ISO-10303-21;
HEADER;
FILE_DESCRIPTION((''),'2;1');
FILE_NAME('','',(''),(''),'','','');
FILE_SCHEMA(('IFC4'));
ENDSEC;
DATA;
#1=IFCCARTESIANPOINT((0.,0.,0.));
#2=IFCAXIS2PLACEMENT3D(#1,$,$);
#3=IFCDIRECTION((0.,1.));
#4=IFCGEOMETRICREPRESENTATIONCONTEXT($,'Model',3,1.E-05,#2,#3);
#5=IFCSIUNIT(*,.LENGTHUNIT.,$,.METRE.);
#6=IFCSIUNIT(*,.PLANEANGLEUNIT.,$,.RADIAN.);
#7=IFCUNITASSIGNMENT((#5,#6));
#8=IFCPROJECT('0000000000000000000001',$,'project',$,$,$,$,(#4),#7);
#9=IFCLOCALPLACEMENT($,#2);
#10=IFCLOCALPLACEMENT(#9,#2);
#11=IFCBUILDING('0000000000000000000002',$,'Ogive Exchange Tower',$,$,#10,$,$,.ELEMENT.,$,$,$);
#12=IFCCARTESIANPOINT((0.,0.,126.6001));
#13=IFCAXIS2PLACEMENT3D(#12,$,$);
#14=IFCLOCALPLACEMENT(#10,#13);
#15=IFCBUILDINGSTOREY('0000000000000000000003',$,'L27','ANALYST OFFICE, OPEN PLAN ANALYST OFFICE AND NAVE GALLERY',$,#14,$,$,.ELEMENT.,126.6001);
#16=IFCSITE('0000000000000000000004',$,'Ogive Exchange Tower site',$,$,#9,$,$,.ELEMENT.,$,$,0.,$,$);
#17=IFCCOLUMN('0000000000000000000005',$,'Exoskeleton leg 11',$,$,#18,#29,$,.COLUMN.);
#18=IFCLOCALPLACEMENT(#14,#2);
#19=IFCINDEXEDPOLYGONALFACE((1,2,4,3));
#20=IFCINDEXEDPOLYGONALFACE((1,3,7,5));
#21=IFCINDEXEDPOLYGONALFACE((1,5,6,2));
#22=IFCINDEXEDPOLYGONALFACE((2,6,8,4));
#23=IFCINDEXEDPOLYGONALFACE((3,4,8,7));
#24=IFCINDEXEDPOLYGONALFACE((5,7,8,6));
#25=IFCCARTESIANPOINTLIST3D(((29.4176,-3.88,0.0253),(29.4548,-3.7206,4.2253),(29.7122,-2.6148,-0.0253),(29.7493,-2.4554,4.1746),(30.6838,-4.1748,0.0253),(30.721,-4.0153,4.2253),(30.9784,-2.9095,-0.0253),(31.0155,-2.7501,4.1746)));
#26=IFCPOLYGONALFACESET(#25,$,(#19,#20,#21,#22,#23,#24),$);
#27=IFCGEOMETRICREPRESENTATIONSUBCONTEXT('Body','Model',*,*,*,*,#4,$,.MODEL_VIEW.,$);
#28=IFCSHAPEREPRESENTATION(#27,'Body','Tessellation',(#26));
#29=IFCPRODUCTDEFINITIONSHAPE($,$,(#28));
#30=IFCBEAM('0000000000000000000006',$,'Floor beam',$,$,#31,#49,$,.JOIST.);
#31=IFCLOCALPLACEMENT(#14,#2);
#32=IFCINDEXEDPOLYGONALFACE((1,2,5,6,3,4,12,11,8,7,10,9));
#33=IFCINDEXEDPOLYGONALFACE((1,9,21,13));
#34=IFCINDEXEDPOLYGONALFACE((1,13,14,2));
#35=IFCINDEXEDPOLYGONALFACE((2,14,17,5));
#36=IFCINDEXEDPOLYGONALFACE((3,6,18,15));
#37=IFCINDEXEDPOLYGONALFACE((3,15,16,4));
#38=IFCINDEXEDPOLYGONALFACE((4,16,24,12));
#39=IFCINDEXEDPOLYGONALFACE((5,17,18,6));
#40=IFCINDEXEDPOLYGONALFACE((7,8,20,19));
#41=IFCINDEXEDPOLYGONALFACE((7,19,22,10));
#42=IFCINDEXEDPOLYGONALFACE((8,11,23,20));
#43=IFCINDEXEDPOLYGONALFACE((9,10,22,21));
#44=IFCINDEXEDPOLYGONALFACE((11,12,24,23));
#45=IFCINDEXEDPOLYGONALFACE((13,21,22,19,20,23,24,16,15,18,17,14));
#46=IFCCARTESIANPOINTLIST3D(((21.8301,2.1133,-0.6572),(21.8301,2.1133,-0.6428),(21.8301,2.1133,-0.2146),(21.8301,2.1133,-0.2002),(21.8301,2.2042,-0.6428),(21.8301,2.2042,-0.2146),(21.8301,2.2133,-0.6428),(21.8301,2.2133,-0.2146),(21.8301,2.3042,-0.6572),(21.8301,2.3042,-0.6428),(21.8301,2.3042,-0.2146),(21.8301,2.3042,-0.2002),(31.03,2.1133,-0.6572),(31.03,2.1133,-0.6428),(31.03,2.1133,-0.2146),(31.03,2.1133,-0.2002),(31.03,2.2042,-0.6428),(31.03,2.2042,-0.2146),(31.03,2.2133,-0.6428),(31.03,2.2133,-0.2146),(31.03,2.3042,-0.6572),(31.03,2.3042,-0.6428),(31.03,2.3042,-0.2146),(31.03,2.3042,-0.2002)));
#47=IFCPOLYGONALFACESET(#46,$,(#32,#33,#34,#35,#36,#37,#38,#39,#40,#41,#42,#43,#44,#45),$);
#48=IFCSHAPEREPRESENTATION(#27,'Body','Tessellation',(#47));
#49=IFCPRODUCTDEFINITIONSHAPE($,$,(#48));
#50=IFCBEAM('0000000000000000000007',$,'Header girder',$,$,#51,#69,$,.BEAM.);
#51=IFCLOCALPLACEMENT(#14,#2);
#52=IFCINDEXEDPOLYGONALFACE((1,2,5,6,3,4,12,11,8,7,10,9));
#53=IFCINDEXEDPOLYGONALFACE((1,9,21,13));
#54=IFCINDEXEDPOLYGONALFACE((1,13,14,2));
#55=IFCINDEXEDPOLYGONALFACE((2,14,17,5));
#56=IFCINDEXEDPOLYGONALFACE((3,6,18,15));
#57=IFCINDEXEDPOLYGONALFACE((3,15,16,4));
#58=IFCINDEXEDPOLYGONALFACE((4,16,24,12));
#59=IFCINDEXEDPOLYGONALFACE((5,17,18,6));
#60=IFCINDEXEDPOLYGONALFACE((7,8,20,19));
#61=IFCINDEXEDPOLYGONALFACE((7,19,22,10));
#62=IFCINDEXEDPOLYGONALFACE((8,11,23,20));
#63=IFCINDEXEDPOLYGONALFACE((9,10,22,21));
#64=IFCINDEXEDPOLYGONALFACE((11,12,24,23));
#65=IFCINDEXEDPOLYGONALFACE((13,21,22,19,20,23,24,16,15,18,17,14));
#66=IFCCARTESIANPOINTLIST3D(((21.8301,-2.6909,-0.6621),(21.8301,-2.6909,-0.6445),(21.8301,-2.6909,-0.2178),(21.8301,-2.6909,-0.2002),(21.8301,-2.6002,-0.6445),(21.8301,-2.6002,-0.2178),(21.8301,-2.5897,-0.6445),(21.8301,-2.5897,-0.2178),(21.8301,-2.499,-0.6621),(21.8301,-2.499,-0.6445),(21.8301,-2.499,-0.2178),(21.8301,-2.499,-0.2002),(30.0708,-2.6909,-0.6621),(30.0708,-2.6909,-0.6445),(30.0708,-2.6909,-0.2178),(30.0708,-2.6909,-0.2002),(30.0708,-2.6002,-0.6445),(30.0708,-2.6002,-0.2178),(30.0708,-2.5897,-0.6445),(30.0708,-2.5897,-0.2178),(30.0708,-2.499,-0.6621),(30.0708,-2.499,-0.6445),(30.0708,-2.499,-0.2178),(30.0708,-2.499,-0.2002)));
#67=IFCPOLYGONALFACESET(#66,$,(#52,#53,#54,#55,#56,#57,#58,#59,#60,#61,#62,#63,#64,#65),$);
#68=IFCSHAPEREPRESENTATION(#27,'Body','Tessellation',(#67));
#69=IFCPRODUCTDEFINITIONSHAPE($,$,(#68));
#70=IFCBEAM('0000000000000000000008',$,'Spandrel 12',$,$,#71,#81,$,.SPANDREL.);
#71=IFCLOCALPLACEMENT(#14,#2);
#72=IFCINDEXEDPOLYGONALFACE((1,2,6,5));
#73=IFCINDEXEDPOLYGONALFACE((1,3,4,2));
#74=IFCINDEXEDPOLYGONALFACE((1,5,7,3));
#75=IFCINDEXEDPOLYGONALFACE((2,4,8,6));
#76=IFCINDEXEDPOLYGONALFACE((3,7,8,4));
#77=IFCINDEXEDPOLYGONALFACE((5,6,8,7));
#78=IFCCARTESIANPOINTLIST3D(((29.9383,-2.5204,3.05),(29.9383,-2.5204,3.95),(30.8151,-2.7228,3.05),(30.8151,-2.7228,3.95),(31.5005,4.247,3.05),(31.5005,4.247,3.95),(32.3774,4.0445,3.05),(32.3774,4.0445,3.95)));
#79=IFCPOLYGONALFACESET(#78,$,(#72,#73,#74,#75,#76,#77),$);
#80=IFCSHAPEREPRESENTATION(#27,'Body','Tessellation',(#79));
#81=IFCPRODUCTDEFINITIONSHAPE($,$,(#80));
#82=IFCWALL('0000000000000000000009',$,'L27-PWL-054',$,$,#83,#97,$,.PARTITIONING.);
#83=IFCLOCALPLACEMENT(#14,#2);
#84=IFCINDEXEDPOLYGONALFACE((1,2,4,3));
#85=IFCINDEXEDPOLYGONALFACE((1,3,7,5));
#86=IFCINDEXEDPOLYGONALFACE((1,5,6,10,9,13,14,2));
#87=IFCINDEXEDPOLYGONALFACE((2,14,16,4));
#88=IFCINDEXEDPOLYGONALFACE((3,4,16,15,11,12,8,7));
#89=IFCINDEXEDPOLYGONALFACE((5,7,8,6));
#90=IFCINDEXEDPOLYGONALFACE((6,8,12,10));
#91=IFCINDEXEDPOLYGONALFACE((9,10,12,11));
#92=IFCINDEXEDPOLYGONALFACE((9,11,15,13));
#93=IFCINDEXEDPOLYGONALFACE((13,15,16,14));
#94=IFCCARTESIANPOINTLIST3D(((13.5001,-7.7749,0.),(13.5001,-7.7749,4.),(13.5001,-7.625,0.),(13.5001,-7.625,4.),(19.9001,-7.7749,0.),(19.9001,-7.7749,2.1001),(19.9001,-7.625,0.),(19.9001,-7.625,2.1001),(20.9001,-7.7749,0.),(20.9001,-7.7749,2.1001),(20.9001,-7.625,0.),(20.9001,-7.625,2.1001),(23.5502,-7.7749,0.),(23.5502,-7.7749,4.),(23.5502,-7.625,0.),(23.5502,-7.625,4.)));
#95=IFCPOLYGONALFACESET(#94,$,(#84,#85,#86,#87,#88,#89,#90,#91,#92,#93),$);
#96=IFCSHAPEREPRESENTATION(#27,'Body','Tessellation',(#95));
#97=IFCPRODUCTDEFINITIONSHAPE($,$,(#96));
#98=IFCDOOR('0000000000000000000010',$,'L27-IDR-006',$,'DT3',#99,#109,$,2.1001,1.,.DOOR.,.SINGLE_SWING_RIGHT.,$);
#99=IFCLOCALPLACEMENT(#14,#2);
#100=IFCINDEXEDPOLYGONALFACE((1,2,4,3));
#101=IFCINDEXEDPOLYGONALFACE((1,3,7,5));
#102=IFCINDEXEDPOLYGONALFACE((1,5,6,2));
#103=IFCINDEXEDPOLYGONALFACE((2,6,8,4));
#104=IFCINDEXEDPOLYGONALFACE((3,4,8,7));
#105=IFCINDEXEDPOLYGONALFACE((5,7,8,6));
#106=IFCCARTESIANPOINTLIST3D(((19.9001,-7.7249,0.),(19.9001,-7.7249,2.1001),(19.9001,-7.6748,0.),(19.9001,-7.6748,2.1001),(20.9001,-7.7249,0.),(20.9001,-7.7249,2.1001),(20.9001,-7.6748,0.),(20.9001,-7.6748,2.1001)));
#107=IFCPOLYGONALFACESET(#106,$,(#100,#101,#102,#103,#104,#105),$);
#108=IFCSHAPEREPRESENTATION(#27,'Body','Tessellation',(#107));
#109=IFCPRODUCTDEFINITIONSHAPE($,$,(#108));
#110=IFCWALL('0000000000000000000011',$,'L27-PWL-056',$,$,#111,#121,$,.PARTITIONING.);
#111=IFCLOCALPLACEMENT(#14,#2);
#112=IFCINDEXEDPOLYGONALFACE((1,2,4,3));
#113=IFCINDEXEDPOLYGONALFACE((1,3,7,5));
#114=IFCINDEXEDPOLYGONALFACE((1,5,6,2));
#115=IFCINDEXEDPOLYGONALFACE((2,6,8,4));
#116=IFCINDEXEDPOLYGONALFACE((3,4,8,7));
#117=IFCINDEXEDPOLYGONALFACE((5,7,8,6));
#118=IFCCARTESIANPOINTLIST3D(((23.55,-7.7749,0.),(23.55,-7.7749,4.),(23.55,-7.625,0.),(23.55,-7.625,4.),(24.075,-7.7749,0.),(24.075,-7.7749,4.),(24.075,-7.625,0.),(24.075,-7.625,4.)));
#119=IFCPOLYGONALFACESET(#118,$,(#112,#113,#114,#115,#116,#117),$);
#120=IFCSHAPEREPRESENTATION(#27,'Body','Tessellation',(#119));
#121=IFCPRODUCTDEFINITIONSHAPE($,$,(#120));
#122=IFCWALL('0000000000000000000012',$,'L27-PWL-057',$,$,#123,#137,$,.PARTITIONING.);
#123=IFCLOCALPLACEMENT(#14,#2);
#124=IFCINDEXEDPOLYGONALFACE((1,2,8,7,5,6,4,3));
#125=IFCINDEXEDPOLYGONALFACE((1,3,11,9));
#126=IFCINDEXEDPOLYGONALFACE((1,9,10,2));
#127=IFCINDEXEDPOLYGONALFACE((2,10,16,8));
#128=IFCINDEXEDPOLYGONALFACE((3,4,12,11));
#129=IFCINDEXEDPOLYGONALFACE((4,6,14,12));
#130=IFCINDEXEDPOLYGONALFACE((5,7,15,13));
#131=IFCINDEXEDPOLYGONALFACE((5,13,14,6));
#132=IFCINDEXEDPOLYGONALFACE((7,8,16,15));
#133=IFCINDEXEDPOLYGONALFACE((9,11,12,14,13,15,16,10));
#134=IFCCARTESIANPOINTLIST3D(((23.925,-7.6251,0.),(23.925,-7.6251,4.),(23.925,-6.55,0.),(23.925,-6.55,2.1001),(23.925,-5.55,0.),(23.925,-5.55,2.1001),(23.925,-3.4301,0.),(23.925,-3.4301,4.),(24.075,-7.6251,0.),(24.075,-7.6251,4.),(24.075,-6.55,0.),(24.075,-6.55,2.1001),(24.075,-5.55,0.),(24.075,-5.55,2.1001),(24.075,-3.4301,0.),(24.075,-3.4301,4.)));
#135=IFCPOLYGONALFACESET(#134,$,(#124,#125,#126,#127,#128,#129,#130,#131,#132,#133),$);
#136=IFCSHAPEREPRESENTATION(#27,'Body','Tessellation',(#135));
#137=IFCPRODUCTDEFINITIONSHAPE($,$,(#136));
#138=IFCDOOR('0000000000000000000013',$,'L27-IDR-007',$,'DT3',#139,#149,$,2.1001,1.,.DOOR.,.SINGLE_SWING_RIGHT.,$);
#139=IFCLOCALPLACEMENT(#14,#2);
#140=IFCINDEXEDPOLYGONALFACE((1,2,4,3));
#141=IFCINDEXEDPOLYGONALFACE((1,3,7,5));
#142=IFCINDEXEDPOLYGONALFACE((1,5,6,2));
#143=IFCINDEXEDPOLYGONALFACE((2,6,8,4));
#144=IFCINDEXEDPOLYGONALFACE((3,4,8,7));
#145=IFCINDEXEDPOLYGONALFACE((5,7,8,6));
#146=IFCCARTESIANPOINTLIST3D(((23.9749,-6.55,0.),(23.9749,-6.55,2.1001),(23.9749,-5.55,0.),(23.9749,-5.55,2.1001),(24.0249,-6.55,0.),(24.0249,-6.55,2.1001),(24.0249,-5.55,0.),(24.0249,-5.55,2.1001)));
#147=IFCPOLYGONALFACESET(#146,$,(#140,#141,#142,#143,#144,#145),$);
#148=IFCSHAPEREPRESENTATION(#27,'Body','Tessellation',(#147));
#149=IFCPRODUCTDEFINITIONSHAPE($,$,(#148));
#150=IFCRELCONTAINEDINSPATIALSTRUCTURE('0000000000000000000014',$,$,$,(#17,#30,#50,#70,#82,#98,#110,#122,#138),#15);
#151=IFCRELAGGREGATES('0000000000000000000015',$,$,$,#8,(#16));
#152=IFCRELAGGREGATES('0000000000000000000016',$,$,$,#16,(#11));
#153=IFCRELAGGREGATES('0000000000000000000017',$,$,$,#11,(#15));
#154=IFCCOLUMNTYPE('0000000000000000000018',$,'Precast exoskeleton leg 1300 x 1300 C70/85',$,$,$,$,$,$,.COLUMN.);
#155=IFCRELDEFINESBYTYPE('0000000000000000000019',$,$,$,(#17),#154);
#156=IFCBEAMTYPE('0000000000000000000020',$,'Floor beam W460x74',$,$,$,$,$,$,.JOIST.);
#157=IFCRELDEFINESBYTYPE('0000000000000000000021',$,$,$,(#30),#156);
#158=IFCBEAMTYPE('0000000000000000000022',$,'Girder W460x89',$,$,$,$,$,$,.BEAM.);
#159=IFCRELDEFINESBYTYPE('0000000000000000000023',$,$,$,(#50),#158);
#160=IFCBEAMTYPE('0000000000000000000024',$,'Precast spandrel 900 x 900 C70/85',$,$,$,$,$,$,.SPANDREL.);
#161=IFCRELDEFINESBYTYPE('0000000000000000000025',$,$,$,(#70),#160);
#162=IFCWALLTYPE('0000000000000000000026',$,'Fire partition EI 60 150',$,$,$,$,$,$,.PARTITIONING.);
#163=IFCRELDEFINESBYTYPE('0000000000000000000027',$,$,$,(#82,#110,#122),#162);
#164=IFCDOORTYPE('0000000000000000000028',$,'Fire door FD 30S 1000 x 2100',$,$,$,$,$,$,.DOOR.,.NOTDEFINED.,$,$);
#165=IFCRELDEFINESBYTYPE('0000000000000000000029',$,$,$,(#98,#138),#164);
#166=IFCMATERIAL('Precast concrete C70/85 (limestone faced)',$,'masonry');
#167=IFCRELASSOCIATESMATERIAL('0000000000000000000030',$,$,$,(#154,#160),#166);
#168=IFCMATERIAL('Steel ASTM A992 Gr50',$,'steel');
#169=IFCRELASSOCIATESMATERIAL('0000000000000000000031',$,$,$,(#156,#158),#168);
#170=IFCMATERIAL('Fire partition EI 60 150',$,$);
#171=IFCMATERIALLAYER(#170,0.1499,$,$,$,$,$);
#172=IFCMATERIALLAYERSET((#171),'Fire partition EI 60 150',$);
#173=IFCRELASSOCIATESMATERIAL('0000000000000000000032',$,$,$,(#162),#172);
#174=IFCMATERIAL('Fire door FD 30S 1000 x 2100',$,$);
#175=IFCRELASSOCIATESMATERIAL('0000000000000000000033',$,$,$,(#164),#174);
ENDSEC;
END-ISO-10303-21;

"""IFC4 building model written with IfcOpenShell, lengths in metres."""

from ifc_helpers import new_model, si_unit, direction, frame, frame_2d, origin, origin_2d, place, context, subcontext, project, spatial, rectangle, i_section, extrude, material, layer, layer_set, material_profile, profile_set, type_object, element, fill, save


model = new_model("IFC4")

# Units and contexts
model_context = context("Model", 3, precision=1e-05, world=origin(), true_north=direction((0.0, 1.0)))
body_context = subcontext(model_context, "Body", "Model", "MODEL_VIEW")
ifc_project = project(units=[si_unit("LENGTHUNIT", "METRE"), si_unit("PLANEANGLEUNIT", "RADIAN")], contexts=[model_context])

# Site, building, storey
site_placement = place(None, origin())
site = spatial("IfcSite", under=ifc_project, at=site_placement, Name="Ogive Exchange Tower site", CompositionType="ELEMENT", RefElevation=0.0)
building_placement = place(site_placement, origin())
building = spatial("IfcBuilding", under=site, at=building_placement, Name="Ogive Exchange Tower", CompositionType="ELEMENT")
storey_placement = place(building_placement, frame((0.0, 0.0, 126.6001)))
storey = spatial("IfcBuildingStorey", under=building, at=storey_placement, Name="L27", Description="ANALYST OFFICE, OPEN PLAN ANALYST OFFICE AND NAVE GALLERY", CompositionType="ELEMENT", Elevation=126.6001)

# Column
ifc_material_1 = material(Name="Precast concrete C70/85 (limestone faced)", Category="masonry")
ifc_material_profile_1 = material_profile(ifc_material_1, rectangle(XDim=1.3, YDim=1.3, at=origin_2d()), Name="1300 x 1300")
ifc_profile_set_1 = profile_set([ifc_material_profile_1], Name="Precast concrete C70/85 (limestone faced)")
column_type = type_object("IfcColumnType", Name="Precast exoskeleton leg 1300 x 1300 C70/85", PredefinedType="COLUMN", material=ifc_profile_set_1)
column_placement = place(storey_placement, frame((30.198, -3.3948, 0.0), z_axis=(0.008829, 0.03793, 0.999241), x_axis=(-0.973962, 0.226711, 0.0)))
element("IfcColumn", 1, at=column_placement, inside=storey, type_object=column_type, Name="Exoskeleton leg 11", PredefinedType="COLUMN", context=body_context, shape_type="SweptSolid", body=[
    extrude(rectangle(XDim=1.3, YDim=1.3, at=origin_2d()), origin(), (0.0, 0.0, 1.0), 4.2031),
])

# Beams
ifc_material_2 = material(Name="Steel ASTM A992 Gr50", Category="steel")
ifc_material_profile_2 = material_profile(ifc_material_2, i_section(OverallWidth=0.1909, OverallDepth=0.457, WebThickness=0.009, FlangeThickness=0.0144, at=origin_2d()), Name="W460x74")
ifc_profile_set_2 = profile_set([ifc_material_profile_2], Name="Steel ASTM A992 Gr50")
beam_type_1 = type_object("IfcBeamType", Name="Floor beam W460x74", PredefinedType="JOIST", material=ifc_profile_set_2)
beam_1_placement = place(storey_placement, frame((21.8301, 2.2087, -0.4287), z_axis=(1.0, 0.0, 0.0), x_axis=(0.0, 1.0, 0.0)))
element("IfcBeam", 2, at=beam_1_placement, inside=storey, type_object=beam_type_1, Name="Floor beam", PredefinedType="JOIST", context=body_context, shape_type="SweptSolid", body=[
    extrude(i_section(OverallWidth=0.1909, OverallDepth=0.457, WebThickness=0.009, FlangeThickness=0.0144, at=origin_2d()), origin(), (0.0, 0.0, 1.0), 9.2),
])
ifc_material_profile_3 = material_profile(ifc_material_2, i_section(OverallWidth=0.1919, OverallDepth=0.4619, WebThickness=0.0105, FlangeThickness=0.0176, at=origin_2d()), Name="W460x89")
ifc_profile_set_3 = profile_set([ifc_material_profile_3], Name="Steel ASTM A992 Gr50")
beam_type_2 = type_object("IfcBeamType", Name="Girder W460x89", PredefinedType="BEAM", material=ifc_profile_set_3)
beam_2_placement = place(storey_placement, frame((21.8301, -2.595, -0.4312), z_axis=(1.0, 0.0, 0.0), x_axis=(0.0, 1.0, 0.0)))
element("IfcBeam", 3, at=beam_2_placement, inside=storey, type_object=beam_type_2, Name="Header girder", PredefinedType="BEAM", context=body_context, shape_type="SweptSolid", body=[
    extrude(i_section(OverallWidth=0.1919, OverallDepth=0.4619, WebThickness=0.0105, FlangeThickness=0.0176, at=origin_2d()), origin(), (0.0, 0.0, 1.0), 8.2407),
])
ifc_material_profile_4 = material_profile(ifc_material_1, rectangle(XDim=0.8999, YDim=0.8999, at=origin_2d()), Name="900 x 900")
ifc_profile_set_4 = profile_set([ifc_material_profile_4], Name="Precast concrete C70/85 (limestone faced)")
beam_type_3 = type_object("IfcBeamType", Name="Precast spandrel 900 x 900 C70/85", PredefinedType="SPANDREL", material=ifc_profile_set_4)
beam_3_placement = place(storey_placement, frame((30.3767, -2.6216, 3.5), z_axis=(0.224937, 0.974373, 0.0), x_axis=(-0.974373, 0.224937, 0.0)))
element("IfcBeam", 4, at=beam_3_placement, inside=storey, type_object=beam_type_3, Name="Spandrel 12", PredefinedType="SPANDREL", context=body_context, shape_type="SweptSolid", body=[
    extrude(rectangle(XDim=0.8999, YDim=0.8999, at=origin_2d()), origin(), (0.0, 0.0, 1.0), 6.9453),
])

# Wall, opening, door
ifc_material_3 = material(Name="Fire partition EI 60 150")
ifc_layer_1 = layer(ifc_material_3, 0.1499)
ifc_layer_set_1 = layer_set([ifc_layer_1], Name="Fire partition EI 60 150")
wall_type_1 = type_object("IfcWallType", Name="Fire partition EI 60 150", PredefinedType="PARTITIONING", material=ifc_layer_set_1)
wall_1_placement = place(storey_placement, frame((23.55, -7.7, 0.0), z_axis=(0.0, 0.0, 1.0), x_axis=(-1.0, 0.0, 0.0)))
wall_1 = element("IfcWall", 5, at=wall_1_placement, inside=storey, type_object=wall_type_1, Name="L27-PWL-054", PredefinedType="PARTITIONING", context=body_context, shape_type="SweptSolid", body=[
    extrude(rectangle(XDim=10.05, YDim=0.1499, at=frame_2d((5.0249, 0.0))), origin(), (0.0, 0.0, 1.0), 4.0),
])
opening_1_placement = place(wall_1_placement, frame((2.6499, 0.0, 0.0)))
opening_1 = element("IfcOpeningElement", 6, at=opening_1_placement, cuts=wall_1, PredefinedType="OPENING", context=body_context, shape_type="SweptSolid", body=[
    extrude(rectangle(XDim=1.0, YDim=2.1001, at=frame_2d((0.5, 1.05))), frame((0.0, 0.085, 0.0), z_axis=(0.0, -1.0, 0.0), x_axis=(1.0, 0.0, 0.0)), (0.0, 0.0, 1.0), 0.1699),
])
ifc_material_4 = material(Name="Fire door FD 30S 1000 x 2100")
door_type_1 = type_object("IfcDoorType", Name="Fire door FD 30S 1000 x 2100", OperationType="NOTDEFINED", PredefinedType="DOOR", material=ifc_material_4)
door_1_placement = place(opening_1_placement, origin())
door_1 = element("IfcDoor", 7, at=door_1_placement, inside=storey, type_object=door_type_1, Name="L27-IDR-006", ObjectType="DT3", OperationType="SINGLE_SWING_RIGHT", OverallHeight=2.1001, OverallWidth=1.0, PredefinedType="DOOR", context=body_context, shape_type="SweptSolid", body=[
    extrude(rectangle(XDim=1.0, YDim=2.1001, at=frame_2d((0.5, 1.05))), frame((0.0, 0.0249, 0.0), z_axis=(0.0, -1.0, 0.0), x_axis=(1.0, 0.0, 0.0)), (0.0, 0.0, 1.0), 0.05),
])
fill(opening_1, door_1)

# Wall
wall_2_placement = place(storey_placement, frame((24.075, -7.7, 0.0), z_axis=(0.0, 0.0, 1.0), x_axis=(-1.0, 0.0, 0.0)))
element("IfcWall", 8, at=wall_2_placement, inside=storey, type_object=wall_type_1, Name="L27-PWL-056", PredefinedType="PARTITIONING", context=body_context, shape_type="SweptSolid", body=[
    extrude(rectangle(XDim=0.5249, YDim=0.1499, at=frame_2d((0.2625, 0.0))), origin(), (0.0, 0.0, 1.0), 4.0),
])

# Wall, opening, door
wall_3_placement = place(storey_placement, frame((24.0, -3.4299, 0.0), z_axis=(0.0, 0.0, 1.0), x_axis=(0.0, -1.0, 0.0)))
wall_3 = element("IfcWall", 9, at=wall_3_placement, inside=storey, type_object=wall_type_1, Name="L27-PWL-057", PredefinedType="PARTITIONING", context=body_context, shape_type="SweptSolid", body=[
    extrude(rectangle(XDim=4.1951, YDim=0.1499, at=frame_2d((2.0977, 0.0))), origin(), (0.0, 0.0, 1.0), 4.0),
])
opening_2_placement = place(wall_3_placement, frame((2.1201, 0.0, 0.0)))
opening_2 = element("IfcOpeningElement", 10, at=opening_2_placement, cuts=wall_3, PredefinedType="OPENING", context=body_context, shape_type="SweptSolid", body=[
    extrude(rectangle(XDim=1.0, YDim=2.1001, at=frame_2d((0.5, 1.05))), frame((0.0, 0.085, 0.0), z_axis=(0.0, -1.0, 0.0), x_axis=(1.0, 0.0, 0.0)), (0.0, 0.0, 1.0), 0.1699),
])
door_2_placement = place(opening_2_placement, origin())
door_2 = element("IfcDoor", 11, at=door_2_placement, inside=storey, type_object=door_type_1, Name="L27-IDR-007", ObjectType="DT3", OperationType="SINGLE_SWING_RIGHT", OverallHeight=2.1001, OverallWidth=1.0, PredefinedType="DOOR", context=body_context, shape_type="SweptSolid", body=[
    extrude(rectangle(XDim=1.0, YDim=2.1001, at=frame_2d((0.5, 1.05))), frame((0.0, 0.0249, 0.0), z_axis=(0.0, -1.0, 0.0), x_axis=(1.0, 0.0, 0.0)), (0.0, 0.0, 1.0), 0.05),
])
fill(opening_2, door_2)

save(model, "model.ifc")
